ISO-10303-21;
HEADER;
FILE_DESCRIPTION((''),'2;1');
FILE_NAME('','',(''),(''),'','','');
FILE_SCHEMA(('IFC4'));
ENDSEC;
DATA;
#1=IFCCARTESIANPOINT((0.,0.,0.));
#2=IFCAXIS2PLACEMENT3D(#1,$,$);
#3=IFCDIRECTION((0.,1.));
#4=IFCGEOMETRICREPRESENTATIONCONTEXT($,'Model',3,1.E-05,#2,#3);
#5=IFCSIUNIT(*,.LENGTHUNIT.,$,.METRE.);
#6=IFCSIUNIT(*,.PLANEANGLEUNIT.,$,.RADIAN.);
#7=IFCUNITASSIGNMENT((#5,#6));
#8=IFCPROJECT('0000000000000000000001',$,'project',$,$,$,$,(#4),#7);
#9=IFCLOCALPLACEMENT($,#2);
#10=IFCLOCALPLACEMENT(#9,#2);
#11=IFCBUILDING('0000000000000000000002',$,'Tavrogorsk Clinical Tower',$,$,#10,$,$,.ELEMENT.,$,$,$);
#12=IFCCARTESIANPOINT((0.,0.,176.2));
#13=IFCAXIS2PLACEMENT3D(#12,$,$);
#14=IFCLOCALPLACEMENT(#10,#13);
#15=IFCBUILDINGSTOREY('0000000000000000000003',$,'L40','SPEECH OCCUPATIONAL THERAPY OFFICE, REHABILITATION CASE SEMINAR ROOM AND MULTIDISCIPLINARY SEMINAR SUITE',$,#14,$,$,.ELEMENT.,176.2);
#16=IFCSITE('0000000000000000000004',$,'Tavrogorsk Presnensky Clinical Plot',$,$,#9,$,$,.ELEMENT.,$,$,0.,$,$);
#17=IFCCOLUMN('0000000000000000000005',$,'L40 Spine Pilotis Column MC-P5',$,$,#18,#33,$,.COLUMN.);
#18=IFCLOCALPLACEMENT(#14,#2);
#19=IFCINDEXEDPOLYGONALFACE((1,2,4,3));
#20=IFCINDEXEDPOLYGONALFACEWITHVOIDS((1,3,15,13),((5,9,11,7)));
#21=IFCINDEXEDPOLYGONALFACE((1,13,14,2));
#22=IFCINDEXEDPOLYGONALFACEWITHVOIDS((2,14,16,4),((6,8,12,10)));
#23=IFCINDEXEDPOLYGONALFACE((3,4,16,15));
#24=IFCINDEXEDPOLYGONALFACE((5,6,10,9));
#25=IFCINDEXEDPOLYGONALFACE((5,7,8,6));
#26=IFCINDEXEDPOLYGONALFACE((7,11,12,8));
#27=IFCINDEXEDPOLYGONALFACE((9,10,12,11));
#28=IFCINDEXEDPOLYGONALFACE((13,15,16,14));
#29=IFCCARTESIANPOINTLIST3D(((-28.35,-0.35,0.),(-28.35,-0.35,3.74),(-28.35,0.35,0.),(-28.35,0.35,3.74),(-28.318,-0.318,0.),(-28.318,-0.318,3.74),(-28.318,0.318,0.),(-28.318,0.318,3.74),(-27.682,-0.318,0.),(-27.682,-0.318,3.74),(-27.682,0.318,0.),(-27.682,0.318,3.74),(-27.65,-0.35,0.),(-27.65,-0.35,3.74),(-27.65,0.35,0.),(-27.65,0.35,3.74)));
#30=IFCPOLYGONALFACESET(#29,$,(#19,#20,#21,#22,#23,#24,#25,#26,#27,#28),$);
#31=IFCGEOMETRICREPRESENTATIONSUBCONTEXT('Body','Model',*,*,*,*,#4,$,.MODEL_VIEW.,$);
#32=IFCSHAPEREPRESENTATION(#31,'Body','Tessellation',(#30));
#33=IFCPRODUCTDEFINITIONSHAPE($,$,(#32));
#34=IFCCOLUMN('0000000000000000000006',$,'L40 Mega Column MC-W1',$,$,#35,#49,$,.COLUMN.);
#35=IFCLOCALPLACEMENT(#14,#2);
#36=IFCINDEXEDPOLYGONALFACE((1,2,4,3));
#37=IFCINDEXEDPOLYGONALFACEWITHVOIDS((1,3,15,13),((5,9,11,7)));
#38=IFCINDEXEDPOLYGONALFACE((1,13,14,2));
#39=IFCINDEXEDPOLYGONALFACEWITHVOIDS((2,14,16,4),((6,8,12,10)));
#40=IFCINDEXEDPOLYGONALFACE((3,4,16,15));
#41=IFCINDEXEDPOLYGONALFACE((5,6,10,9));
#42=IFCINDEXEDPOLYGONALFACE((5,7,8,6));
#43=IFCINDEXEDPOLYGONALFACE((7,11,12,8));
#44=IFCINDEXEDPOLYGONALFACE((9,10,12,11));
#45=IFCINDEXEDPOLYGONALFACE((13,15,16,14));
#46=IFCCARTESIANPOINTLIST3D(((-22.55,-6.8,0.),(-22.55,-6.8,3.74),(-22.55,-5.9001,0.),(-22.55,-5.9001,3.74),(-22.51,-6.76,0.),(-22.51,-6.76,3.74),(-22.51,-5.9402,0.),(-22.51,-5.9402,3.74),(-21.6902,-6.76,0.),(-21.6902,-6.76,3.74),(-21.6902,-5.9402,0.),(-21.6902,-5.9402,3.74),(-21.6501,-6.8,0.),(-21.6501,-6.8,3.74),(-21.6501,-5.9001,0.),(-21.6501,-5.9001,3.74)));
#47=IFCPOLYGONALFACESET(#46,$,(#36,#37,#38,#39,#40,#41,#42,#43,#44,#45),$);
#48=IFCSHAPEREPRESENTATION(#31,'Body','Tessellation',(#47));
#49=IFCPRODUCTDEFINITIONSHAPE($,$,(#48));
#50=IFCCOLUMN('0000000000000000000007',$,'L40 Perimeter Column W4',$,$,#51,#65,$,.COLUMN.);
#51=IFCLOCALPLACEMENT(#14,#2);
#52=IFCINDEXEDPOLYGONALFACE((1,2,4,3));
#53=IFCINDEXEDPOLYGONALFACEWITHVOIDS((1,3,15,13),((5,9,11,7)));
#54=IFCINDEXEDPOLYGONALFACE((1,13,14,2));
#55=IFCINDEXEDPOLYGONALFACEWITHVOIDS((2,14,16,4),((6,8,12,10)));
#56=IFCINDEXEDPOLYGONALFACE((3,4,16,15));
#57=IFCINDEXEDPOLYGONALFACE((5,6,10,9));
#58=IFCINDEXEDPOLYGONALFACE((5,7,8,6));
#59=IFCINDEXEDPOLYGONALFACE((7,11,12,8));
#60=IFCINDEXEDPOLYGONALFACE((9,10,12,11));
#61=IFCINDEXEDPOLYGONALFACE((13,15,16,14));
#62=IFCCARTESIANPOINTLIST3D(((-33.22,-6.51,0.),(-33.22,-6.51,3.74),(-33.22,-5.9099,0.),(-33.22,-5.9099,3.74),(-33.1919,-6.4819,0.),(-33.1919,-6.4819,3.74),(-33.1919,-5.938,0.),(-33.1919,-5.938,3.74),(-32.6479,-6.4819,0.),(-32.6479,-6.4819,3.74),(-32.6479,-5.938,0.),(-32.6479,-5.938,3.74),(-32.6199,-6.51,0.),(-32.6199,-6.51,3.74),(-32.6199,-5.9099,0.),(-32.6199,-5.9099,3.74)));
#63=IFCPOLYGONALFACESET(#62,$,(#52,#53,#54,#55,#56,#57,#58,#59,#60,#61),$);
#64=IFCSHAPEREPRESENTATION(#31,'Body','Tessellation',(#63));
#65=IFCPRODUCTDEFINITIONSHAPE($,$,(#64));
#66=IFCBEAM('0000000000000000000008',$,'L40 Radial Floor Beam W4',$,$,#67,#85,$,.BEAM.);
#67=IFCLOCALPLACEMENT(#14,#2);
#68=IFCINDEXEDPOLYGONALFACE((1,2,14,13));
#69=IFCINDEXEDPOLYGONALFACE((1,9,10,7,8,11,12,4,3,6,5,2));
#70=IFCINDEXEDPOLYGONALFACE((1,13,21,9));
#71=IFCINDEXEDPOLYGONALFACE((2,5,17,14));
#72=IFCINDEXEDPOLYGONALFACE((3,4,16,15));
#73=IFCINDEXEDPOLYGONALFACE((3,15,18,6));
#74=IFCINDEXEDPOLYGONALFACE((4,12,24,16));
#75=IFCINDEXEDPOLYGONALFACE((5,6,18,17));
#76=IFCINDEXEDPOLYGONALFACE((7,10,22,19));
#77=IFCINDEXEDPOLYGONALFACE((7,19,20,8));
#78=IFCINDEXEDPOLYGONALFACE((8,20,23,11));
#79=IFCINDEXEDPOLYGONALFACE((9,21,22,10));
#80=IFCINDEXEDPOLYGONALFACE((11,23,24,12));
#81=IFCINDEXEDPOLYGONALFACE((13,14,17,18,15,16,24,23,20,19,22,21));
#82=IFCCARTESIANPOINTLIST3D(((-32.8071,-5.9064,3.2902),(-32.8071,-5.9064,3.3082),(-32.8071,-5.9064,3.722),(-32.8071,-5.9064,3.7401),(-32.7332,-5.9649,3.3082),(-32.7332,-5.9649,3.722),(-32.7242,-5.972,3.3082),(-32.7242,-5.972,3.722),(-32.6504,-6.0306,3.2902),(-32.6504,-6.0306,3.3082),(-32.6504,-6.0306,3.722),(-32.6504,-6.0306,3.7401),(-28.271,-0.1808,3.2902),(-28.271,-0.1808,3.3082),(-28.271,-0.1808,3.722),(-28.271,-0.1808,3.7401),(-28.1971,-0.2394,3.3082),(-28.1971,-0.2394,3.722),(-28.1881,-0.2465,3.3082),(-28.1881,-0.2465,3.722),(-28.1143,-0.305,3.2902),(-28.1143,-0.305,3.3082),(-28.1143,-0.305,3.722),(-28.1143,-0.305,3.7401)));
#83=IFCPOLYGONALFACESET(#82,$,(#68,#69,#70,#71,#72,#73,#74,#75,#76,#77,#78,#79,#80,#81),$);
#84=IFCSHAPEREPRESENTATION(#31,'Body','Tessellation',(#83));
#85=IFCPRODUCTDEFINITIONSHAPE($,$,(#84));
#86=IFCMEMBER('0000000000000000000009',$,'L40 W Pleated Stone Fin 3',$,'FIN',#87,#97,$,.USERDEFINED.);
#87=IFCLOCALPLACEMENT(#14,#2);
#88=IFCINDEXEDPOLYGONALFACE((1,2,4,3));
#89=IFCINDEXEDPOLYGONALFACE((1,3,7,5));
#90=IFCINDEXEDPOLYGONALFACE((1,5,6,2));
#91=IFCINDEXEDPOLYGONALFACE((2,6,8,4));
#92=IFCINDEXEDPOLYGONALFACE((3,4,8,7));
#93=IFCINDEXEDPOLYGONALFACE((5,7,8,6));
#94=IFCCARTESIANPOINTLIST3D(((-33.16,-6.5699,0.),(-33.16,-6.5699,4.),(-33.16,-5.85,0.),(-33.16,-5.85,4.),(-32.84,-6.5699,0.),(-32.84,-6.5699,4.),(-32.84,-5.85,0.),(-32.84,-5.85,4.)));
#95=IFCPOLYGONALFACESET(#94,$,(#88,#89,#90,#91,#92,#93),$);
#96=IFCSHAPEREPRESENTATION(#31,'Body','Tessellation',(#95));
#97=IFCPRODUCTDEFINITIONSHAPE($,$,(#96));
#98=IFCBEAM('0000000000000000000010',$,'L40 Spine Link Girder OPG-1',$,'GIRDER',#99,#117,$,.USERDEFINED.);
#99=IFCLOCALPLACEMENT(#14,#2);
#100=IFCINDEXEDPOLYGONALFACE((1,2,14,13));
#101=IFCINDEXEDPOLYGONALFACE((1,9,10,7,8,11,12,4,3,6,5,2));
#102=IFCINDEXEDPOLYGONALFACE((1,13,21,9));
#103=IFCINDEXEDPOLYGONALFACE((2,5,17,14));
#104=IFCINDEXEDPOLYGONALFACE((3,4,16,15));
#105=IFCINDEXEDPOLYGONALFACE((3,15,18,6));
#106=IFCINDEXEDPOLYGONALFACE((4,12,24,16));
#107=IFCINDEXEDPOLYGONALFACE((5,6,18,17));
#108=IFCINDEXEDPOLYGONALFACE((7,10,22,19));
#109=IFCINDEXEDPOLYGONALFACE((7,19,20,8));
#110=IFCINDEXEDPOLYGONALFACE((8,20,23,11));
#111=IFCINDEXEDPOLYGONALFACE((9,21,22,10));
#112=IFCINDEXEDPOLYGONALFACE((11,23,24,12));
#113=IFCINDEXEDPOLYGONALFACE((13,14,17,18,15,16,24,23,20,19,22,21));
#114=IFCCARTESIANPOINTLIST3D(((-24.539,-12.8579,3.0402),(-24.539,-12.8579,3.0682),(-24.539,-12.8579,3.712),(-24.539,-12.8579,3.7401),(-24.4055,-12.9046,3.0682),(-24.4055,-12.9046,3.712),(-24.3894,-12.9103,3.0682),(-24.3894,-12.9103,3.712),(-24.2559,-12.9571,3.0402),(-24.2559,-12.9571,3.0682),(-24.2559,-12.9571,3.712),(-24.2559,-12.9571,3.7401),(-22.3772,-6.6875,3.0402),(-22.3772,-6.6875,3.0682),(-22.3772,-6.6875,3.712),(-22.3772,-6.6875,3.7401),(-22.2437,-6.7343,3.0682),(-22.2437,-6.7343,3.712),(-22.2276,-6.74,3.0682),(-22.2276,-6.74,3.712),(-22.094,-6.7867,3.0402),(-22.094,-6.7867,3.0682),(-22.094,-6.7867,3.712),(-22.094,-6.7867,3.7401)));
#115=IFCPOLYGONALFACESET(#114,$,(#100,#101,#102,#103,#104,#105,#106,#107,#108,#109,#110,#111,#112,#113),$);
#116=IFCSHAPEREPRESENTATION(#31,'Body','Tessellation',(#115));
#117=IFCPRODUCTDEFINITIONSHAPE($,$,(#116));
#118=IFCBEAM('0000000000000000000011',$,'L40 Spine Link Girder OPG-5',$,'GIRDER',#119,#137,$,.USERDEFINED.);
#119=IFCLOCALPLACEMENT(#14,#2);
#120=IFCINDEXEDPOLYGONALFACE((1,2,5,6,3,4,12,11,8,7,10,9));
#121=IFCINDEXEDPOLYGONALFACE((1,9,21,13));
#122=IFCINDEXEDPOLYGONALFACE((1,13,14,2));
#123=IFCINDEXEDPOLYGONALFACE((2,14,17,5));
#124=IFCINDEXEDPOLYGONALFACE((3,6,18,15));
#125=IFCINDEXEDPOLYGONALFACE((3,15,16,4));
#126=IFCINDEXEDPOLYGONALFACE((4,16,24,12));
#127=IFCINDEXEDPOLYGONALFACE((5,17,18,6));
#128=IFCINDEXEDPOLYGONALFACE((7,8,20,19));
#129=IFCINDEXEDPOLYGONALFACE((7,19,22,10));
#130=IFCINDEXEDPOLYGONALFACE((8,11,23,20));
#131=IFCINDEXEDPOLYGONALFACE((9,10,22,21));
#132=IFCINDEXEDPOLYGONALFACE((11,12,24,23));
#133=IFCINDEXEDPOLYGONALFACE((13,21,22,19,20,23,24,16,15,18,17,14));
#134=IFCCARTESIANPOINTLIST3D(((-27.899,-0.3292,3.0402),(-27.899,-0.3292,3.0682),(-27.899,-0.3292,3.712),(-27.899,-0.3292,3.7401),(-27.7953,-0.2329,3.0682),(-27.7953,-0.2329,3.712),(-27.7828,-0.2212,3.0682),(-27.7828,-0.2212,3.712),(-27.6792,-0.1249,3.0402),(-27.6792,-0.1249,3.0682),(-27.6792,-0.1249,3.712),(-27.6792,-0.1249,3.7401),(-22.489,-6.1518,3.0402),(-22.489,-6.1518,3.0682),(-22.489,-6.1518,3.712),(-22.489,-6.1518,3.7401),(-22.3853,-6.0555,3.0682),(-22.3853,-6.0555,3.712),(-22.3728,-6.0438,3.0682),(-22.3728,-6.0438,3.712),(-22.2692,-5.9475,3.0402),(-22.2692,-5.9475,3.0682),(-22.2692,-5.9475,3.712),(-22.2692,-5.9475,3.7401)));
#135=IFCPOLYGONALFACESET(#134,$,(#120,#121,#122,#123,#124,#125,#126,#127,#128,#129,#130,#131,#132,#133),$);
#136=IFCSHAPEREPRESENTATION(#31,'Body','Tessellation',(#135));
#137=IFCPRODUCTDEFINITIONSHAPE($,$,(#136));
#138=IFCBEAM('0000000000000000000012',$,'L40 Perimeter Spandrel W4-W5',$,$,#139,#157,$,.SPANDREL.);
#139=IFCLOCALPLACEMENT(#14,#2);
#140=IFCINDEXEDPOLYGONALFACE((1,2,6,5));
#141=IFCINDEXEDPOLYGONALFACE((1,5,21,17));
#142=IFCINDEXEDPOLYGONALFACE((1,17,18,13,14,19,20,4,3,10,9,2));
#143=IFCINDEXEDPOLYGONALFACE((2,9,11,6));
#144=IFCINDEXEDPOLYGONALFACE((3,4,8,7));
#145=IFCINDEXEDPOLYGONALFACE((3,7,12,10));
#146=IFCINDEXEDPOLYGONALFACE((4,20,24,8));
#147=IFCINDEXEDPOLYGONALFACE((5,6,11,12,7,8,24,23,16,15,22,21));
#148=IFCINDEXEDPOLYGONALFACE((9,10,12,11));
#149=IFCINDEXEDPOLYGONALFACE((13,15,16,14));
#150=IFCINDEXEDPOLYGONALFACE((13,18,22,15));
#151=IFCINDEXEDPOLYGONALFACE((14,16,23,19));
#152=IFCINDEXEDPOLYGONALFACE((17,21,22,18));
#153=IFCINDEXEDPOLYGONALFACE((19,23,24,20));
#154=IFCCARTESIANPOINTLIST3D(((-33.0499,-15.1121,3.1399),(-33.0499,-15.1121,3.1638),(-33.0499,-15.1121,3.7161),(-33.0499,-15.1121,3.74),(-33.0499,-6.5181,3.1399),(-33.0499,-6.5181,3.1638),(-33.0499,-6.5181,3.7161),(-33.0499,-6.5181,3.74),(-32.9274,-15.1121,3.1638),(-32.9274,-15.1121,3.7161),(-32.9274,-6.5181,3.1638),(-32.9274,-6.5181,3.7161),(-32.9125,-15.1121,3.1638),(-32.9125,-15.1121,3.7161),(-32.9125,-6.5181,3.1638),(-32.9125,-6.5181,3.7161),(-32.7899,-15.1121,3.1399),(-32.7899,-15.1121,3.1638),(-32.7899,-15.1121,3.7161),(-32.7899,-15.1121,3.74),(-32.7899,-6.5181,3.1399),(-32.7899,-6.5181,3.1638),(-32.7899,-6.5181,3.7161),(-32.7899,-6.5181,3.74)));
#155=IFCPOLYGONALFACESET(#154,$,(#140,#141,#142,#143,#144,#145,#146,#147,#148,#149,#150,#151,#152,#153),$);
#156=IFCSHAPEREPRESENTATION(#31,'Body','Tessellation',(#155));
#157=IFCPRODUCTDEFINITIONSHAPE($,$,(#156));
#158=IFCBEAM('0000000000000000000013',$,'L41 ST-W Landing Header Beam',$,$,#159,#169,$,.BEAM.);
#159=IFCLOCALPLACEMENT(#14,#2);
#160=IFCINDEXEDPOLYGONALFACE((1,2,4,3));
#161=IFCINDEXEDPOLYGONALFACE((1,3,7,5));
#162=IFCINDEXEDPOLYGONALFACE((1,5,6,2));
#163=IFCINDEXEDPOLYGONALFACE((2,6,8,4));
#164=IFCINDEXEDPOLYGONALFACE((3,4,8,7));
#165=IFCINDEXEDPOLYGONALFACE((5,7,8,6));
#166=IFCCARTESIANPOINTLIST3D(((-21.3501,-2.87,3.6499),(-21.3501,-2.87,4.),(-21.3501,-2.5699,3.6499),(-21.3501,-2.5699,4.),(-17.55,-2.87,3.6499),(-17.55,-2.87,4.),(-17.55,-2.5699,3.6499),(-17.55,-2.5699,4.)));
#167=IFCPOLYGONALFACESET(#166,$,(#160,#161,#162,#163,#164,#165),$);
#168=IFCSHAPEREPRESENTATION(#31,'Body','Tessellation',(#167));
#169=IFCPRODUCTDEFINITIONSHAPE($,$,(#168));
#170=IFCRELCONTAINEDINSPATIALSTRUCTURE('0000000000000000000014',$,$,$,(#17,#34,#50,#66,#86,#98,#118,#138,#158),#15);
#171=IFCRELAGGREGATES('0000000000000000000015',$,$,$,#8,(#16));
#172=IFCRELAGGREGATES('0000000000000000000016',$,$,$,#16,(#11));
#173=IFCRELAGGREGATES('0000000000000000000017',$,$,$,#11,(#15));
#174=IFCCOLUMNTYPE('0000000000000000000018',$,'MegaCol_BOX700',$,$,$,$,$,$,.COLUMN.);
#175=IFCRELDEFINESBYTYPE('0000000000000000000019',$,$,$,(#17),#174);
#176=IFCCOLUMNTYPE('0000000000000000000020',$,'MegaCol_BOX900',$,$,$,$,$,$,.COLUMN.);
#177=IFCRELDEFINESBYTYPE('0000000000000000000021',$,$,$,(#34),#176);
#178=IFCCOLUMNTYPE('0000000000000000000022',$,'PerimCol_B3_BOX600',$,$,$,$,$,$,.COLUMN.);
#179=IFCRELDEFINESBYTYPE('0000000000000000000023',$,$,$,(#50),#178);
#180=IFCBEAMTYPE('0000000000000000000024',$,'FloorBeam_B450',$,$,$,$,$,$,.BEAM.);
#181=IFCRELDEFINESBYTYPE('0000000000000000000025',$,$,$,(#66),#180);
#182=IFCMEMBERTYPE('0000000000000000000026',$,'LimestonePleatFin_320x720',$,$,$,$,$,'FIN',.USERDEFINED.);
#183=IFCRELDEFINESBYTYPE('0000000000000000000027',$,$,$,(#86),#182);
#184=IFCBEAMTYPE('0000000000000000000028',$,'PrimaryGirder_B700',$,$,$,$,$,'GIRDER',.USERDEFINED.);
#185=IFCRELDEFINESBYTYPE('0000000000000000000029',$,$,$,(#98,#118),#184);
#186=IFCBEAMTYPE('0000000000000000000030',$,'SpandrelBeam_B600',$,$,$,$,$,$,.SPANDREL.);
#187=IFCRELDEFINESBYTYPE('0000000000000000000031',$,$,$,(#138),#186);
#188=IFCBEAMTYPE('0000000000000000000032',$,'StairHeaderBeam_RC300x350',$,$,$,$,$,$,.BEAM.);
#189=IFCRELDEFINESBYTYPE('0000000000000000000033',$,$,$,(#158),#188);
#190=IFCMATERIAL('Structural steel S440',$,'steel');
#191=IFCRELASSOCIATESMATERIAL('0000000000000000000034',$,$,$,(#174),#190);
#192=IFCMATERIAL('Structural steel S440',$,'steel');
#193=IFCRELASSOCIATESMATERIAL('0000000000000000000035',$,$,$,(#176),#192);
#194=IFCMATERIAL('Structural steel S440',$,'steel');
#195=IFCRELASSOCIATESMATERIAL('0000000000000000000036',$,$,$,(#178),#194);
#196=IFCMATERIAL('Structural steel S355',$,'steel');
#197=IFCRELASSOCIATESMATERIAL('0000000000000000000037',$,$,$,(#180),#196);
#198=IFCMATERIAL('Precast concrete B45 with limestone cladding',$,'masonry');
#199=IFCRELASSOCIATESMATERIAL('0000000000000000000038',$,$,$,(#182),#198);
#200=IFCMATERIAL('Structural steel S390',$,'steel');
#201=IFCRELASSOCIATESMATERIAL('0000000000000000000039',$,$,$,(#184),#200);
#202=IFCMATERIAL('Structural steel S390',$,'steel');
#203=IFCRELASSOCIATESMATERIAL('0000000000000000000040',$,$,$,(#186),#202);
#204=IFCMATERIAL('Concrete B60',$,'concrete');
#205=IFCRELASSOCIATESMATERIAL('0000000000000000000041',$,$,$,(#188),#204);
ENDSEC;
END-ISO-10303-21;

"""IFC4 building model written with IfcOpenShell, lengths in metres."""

from ifc_helpers import new_model, si_unit, direction, frame, origin, origin_2d, place, context, subcontext, project, spatial, rectangle, hollow_rectangle, i_section, extrude, material, material_profile, profile_set, type_object, element, save


model = new_model("IFC4")

# Units and contexts
model_context = context("Model", 3, precision=1e-05, world=origin(), true_north=direction((0.0, 1.0)))
body_context = subcontext(model_context, "Body", "Model", "MODEL_VIEW")
ifc_project = project(units=[si_unit("LENGTHUNIT", "METRE"), si_unit("PLANEANGLEUNIT", "RADIAN")], contexts=[model_context])

# Site, building, storey
site_placement = place(None, origin())
site = spatial("IfcSite", under=ifc_project, at=site_placement, Name="Tavrogorsk Presnensky Clinical Plot", CompositionType="ELEMENT", RefElevation=0.0)
building_placement = place(site_placement, origin())
building = spatial("IfcBuilding", under=site, at=building_placement, Name="Tavrogorsk Clinical Tower", CompositionType="ELEMENT")
storey_placement = place(building_placement, frame((0.0, 0.0, 176.2)))
storey = spatial("IfcBuildingStorey", under=building, at=storey_placement, Name="L40", Description="SPEECH OCCUPATIONAL THERAPY OFFICE, REHABILITATION CASE SEMINAR ROOM AND MULTIDISCIPLINARY SEMINAR SUITE", CompositionType="ELEMENT", Elevation=176.2)

# Columns
ifc_material_1 = material(Name="Structural steel S440", Category="steel")
ifc_material_profile_1 = material_profile(ifc_material_1, hollow_rectangle(XDim=0.7, YDim=0.7, WallThickness=0.032, at=origin_2d()), Name="BOX-700x700x32")
ifc_profile_set_1 = profile_set([ifc_material_profile_1], Name="Structural steel S440")
column_type_1 = type_object("IfcColumnType", Name="MegaCol_BOX700", PredefinedType="COLUMN", material=ifc_profile_set_1)
column_1_placement = place(storey_placement, frame((-28.0, 0.0, 0.0), z_axis=(0.0, 0.0, 1.0), x_axis=(1.0, 0.0, 0.0)))
element("IfcColumn", 1, at=column_1_placement, inside=storey, type_object=column_type_1, Name="L40 Spine Pilotis Column MC-P5", PredefinedType="COLUMN", context=body_context, shape_type="SweptSolid", body=[
    extrude(hollow_rectangle(XDim=0.7, YDim=0.7, WallThickness=0.032, at=origin_2d()), origin(), (0.0, 0.0, 1.0), 3.74),
])
ifc_material_2 = material(Name="Structural steel S440", Category="steel")
ifc_material_profile_2 = material_profile(ifc_material_2, hollow_rectangle(XDim=0.8999, YDim=0.8999, WallThickness=0.04, at=origin_2d()), Name="BOX-900x900x40")
ifc_profile_set_2 = profile_set([ifc_material_profile_2], Name="Structural steel S440")
column_type_2 = type_object("IfcColumnType", Name="MegaCol_BOX900", PredefinedType="COLUMN", material=ifc_profile_set_2)
column_2_placement = place(storey_placement, frame((-22.1001, -6.3501, 0.0), z_axis=(0.0, 0.0, 1.0), x_axis=(1.0, 0.0, 0.0)))
element("IfcColumn", 2, at=column_2_placement, inside=storey, type_object=column_type_2, Name="L40 Mega Column MC-W1", PredefinedType="COLUMN", context=body_context, shape_type="SweptSolid", body=[
    extrude(hollow_rectangle(XDim=0.8999, YDim=0.8999, WallThickness=0.04, at=origin_2d()), origin(), (0.0, 0.0, 1.0), 3.74),
])
ifc_material_3 = material(Name="Structural steel S440", Category="steel")
ifc_material_profile_3 = material_profile(ifc_material_3, hollow_rectangle(XDim=0.6001, YDim=0.6001, WallThickness=0.0281, at=origin_2d()), Name="BOX-600x600x28")
ifc_profile_set_3 = profile_set([ifc_material_profile_3], Name="Structural steel S440")
column_type_3 = type_object("IfcColumnType", Name="PerimCol_B3_BOX600", PredefinedType="COLUMN", material=ifc_profile_set_3)
column_3_placement = place(storey_placement, frame((-32.9199, -6.21, 0.0), z_axis=(0.0, 0.0, 1.0), x_axis=(1.0, 0.0, 0.0)))
element("IfcColumn", 3, at=column_3_placement, inside=storey, type_object=column_type_3, Name="L40 Perimeter Column W4", PredefinedType="COLUMN", context=body_context, shape_type="SweptSolid", body=[
    extrude(hollow_rectangle(XDim=0.6001, YDim=0.6001, WallThickness=0.0281, at=origin_2d()), origin(), (0.0, 0.0, 1.0), 3.74),
])

# Beam
ifc_material_4 = material(Name="Structural steel S355", Category="steel")
ifc_material_profile_4 = material_profile(ifc_material_4, i_section(OverallWidth=0.2, OverallDepth=0.45, WebThickness=0.0115, FlangeThickness=0.0181, at=origin_2d()), Name="B-450x200x11.5x18")
ifc_profile_set_4 = profile_set([ifc_material_profile_4], Name="Structural steel S355")
beam_type_1 = type_object("IfcBeamType", Name="FloorBeam_B450", PredefinedType="BEAM", material=ifc_profile_set_4)
beam_1_placement = place(storey_placement, frame((-28.1926, -0.2429, 3.5151), z_axis=(-0.620987, -0.783821, 0.0), x_axis=(0.783821, -0.620987, 0.0)))
element("IfcBeam", 4, at=beam_1_placement, inside=storey, type_object=beam_type_1, Name="L40 Radial Floor Beam W4", PredefinedType="BEAM", context=body_context, shape_type="SweptSolid", body=[
    extrude(i_section(OverallWidth=0.2, OverallDepth=0.45, WebThickness=0.0115, FlangeThickness=0.0181, at=origin_2d()), origin(), (0.0, 0.0, 1.0), 7.3047),
])

# Member
ifc_material_5 = material(Name="Precast concrete B45 with limestone cladding", Category="masonry")
ifc_material_profile_5 = material_profile(ifc_material_5, rectangle(XDim=0.3201, YDim=0.72, at=origin_2d()), Name="LIMESTONE-FIN-320x720")
ifc_profile_set_5 = profile_set([ifc_material_profile_5], Name="Precast concrete B45 with limestone cladding")
member_type = type_object("IfcMemberType", Name="LimestonePleatFin_320x720", ElementType="FIN", PredefinedType="USERDEFINED", material=ifc_profile_set_5)
member_placement = place(storey_placement, frame((-33.0, -6.21, 0.0), z_axis=(0.0, 0.0, 1.0), x_axis=(1.0, 0.0, 0.0)))
element("IfcMember", 5, at=member_placement, inside=storey, type_object=member_type, Name="L40 W Pleated Stone Fin 3", ObjectType="FIN", PredefinedType="USERDEFINED", context=body_context, shape_type="SweptSolid", body=[
    extrude(rectangle(XDim=0.3201, YDim=0.72, at=origin_2d()), origin(), (0.0, 0.0, 1.0), 4.0),
])

# Beams
ifc_material_6 = material(Name="Structural steel S390", Category="steel")
ifc_material_profile_6 = material_profile(ifc_material_6, i_section(OverallWidth=0.3, OverallDepth=0.7, WebThickness=0.0171, FlangeThickness=0.0281, at=origin_2d()), Name="B-700x300x17x28")
ifc_profile_set_6 = profile_set([ifc_material_profile_6], Name="Structural steel S390")
beam_type_2 = type_object("IfcBeamType", Name="PrimaryGirder_B700", ElementType="GIRDER", PredefinedType="USERDEFINED", material=ifc_profile_set_6)
beam_2_placement = place(storey_placement, frame((-24.3975, -12.9075, 3.3901), z_axis=(0.330653, 0.943752, 0.0), x_axis=(-0.943752, 0.330653, 0.0)))
element("IfcBeam", 6, at=beam_2_placement, inside=storey, type_object=beam_type_2, Name="L40 Spine Link Girder OPG-1", ObjectType="GIRDER", PredefinedType="USERDEFINED", context=body_context, shape_type="SweptSolid", body=[
    extrude(i_section(OverallWidth=0.3, OverallDepth=0.7, WebThickness=0.0171, FlangeThickness=0.0281, at=origin_2d()), origin(), (0.0, 0.0, 1.0), 6.5381),
])
beam_3_placement = place(storey_placement, frame((-27.7891, -0.2271, 3.3901), z_axis=(0.680674, -0.732587, 0.0), x_axis=(0.732587, 0.680674, 0.0)))
element("IfcBeam", 7, at=beam_3_placement, inside=storey, type_object=beam_type_2, Name="L40 Spine Link Girder OPG-5", ObjectType="GIRDER", PredefinedType="USERDEFINED", context=body_context, shape_type="SweptSolid", body=[
    extrude(i_section(OverallWidth=0.3, OverallDepth=0.7, WebThickness=0.0171, FlangeThickness=0.0281, at=origin_2d()), origin(), (0.0, 0.0, 1.0), 7.948),
])
ifc_material_7 = material(Name="Structural steel S390", Category="steel")
ifc_material_profile_7 = material_profile(ifc_material_7, i_section(OverallWidth=0.26, OverallDepth=0.6001, WebThickness=0.0149, FlangeThickness=0.0239, at=origin_2d()), Name="B-600x260x15x24")
ifc_profile_set_7 = profile_set([ifc_material_profile_7], Name="Structural steel S390")
beam_type_3 = type_object("IfcBeamType", Name="SpandrelBeam_B600", PredefinedType="SPANDREL", material=ifc_profile_set_7)
beam_4_placement = place(storey_placement, frame((-32.9199, -6.5181, 3.4399), z_axis=(0.0, -1.0, 0.0), x_axis=(1.0, 0.0, 0.0)))
element("IfcBeam", 8, at=beam_4_placement, inside=storey, type_object=beam_type_3, Name="L40 Perimeter Spandrel W4-W5", PredefinedType="SPANDREL", context=body_context, shape_type="SweptSolid", body=[
    extrude(i_section(OverallWidth=0.26, OverallDepth=0.6001, WebThickness=0.0149, FlangeThickness=0.0239, at=origin_2d()), origin(), (0.0, 0.0, 1.0), 8.594),
])
ifc_material_8 = material(Name="Concrete B60", Category="concrete")
ifc_material_profile_8 = material_profile(ifc_material_8, rectangle(XDim=0.3, YDim=0.3501, at=origin_2d()), Name="RC-SHB-300x350")
ifc_profile_set_8 = profile_set([ifc_material_profile_8], Name="Concrete B60")
beam_type_4 = type_object("IfcBeamType", Name="StairHeaderBeam_RC300x350", PredefinedType="BEAM", material=ifc_profile_set_8)
beam_5_placement = place(storey_placement, frame((-21.3501, -2.72, 3.825), z_axis=(1.0, 0.0, 0.0), x_axis=(0.0, 1.0, 0.0)))
element("IfcBeam", 9, at=beam_5_placement, inside=storey, type_object=beam_type_4, Name="L41 ST-W Landing Header Beam", PredefinedType="BEAM", context=body_context, shape_type="SweptSolid", body=[
    extrude(rectangle(XDim=0.3, YDim=0.3501, at=origin_2d()), origin(), (0.0, 0.0, 1.0), 3.8),
])

save(model, "model.ifc")
